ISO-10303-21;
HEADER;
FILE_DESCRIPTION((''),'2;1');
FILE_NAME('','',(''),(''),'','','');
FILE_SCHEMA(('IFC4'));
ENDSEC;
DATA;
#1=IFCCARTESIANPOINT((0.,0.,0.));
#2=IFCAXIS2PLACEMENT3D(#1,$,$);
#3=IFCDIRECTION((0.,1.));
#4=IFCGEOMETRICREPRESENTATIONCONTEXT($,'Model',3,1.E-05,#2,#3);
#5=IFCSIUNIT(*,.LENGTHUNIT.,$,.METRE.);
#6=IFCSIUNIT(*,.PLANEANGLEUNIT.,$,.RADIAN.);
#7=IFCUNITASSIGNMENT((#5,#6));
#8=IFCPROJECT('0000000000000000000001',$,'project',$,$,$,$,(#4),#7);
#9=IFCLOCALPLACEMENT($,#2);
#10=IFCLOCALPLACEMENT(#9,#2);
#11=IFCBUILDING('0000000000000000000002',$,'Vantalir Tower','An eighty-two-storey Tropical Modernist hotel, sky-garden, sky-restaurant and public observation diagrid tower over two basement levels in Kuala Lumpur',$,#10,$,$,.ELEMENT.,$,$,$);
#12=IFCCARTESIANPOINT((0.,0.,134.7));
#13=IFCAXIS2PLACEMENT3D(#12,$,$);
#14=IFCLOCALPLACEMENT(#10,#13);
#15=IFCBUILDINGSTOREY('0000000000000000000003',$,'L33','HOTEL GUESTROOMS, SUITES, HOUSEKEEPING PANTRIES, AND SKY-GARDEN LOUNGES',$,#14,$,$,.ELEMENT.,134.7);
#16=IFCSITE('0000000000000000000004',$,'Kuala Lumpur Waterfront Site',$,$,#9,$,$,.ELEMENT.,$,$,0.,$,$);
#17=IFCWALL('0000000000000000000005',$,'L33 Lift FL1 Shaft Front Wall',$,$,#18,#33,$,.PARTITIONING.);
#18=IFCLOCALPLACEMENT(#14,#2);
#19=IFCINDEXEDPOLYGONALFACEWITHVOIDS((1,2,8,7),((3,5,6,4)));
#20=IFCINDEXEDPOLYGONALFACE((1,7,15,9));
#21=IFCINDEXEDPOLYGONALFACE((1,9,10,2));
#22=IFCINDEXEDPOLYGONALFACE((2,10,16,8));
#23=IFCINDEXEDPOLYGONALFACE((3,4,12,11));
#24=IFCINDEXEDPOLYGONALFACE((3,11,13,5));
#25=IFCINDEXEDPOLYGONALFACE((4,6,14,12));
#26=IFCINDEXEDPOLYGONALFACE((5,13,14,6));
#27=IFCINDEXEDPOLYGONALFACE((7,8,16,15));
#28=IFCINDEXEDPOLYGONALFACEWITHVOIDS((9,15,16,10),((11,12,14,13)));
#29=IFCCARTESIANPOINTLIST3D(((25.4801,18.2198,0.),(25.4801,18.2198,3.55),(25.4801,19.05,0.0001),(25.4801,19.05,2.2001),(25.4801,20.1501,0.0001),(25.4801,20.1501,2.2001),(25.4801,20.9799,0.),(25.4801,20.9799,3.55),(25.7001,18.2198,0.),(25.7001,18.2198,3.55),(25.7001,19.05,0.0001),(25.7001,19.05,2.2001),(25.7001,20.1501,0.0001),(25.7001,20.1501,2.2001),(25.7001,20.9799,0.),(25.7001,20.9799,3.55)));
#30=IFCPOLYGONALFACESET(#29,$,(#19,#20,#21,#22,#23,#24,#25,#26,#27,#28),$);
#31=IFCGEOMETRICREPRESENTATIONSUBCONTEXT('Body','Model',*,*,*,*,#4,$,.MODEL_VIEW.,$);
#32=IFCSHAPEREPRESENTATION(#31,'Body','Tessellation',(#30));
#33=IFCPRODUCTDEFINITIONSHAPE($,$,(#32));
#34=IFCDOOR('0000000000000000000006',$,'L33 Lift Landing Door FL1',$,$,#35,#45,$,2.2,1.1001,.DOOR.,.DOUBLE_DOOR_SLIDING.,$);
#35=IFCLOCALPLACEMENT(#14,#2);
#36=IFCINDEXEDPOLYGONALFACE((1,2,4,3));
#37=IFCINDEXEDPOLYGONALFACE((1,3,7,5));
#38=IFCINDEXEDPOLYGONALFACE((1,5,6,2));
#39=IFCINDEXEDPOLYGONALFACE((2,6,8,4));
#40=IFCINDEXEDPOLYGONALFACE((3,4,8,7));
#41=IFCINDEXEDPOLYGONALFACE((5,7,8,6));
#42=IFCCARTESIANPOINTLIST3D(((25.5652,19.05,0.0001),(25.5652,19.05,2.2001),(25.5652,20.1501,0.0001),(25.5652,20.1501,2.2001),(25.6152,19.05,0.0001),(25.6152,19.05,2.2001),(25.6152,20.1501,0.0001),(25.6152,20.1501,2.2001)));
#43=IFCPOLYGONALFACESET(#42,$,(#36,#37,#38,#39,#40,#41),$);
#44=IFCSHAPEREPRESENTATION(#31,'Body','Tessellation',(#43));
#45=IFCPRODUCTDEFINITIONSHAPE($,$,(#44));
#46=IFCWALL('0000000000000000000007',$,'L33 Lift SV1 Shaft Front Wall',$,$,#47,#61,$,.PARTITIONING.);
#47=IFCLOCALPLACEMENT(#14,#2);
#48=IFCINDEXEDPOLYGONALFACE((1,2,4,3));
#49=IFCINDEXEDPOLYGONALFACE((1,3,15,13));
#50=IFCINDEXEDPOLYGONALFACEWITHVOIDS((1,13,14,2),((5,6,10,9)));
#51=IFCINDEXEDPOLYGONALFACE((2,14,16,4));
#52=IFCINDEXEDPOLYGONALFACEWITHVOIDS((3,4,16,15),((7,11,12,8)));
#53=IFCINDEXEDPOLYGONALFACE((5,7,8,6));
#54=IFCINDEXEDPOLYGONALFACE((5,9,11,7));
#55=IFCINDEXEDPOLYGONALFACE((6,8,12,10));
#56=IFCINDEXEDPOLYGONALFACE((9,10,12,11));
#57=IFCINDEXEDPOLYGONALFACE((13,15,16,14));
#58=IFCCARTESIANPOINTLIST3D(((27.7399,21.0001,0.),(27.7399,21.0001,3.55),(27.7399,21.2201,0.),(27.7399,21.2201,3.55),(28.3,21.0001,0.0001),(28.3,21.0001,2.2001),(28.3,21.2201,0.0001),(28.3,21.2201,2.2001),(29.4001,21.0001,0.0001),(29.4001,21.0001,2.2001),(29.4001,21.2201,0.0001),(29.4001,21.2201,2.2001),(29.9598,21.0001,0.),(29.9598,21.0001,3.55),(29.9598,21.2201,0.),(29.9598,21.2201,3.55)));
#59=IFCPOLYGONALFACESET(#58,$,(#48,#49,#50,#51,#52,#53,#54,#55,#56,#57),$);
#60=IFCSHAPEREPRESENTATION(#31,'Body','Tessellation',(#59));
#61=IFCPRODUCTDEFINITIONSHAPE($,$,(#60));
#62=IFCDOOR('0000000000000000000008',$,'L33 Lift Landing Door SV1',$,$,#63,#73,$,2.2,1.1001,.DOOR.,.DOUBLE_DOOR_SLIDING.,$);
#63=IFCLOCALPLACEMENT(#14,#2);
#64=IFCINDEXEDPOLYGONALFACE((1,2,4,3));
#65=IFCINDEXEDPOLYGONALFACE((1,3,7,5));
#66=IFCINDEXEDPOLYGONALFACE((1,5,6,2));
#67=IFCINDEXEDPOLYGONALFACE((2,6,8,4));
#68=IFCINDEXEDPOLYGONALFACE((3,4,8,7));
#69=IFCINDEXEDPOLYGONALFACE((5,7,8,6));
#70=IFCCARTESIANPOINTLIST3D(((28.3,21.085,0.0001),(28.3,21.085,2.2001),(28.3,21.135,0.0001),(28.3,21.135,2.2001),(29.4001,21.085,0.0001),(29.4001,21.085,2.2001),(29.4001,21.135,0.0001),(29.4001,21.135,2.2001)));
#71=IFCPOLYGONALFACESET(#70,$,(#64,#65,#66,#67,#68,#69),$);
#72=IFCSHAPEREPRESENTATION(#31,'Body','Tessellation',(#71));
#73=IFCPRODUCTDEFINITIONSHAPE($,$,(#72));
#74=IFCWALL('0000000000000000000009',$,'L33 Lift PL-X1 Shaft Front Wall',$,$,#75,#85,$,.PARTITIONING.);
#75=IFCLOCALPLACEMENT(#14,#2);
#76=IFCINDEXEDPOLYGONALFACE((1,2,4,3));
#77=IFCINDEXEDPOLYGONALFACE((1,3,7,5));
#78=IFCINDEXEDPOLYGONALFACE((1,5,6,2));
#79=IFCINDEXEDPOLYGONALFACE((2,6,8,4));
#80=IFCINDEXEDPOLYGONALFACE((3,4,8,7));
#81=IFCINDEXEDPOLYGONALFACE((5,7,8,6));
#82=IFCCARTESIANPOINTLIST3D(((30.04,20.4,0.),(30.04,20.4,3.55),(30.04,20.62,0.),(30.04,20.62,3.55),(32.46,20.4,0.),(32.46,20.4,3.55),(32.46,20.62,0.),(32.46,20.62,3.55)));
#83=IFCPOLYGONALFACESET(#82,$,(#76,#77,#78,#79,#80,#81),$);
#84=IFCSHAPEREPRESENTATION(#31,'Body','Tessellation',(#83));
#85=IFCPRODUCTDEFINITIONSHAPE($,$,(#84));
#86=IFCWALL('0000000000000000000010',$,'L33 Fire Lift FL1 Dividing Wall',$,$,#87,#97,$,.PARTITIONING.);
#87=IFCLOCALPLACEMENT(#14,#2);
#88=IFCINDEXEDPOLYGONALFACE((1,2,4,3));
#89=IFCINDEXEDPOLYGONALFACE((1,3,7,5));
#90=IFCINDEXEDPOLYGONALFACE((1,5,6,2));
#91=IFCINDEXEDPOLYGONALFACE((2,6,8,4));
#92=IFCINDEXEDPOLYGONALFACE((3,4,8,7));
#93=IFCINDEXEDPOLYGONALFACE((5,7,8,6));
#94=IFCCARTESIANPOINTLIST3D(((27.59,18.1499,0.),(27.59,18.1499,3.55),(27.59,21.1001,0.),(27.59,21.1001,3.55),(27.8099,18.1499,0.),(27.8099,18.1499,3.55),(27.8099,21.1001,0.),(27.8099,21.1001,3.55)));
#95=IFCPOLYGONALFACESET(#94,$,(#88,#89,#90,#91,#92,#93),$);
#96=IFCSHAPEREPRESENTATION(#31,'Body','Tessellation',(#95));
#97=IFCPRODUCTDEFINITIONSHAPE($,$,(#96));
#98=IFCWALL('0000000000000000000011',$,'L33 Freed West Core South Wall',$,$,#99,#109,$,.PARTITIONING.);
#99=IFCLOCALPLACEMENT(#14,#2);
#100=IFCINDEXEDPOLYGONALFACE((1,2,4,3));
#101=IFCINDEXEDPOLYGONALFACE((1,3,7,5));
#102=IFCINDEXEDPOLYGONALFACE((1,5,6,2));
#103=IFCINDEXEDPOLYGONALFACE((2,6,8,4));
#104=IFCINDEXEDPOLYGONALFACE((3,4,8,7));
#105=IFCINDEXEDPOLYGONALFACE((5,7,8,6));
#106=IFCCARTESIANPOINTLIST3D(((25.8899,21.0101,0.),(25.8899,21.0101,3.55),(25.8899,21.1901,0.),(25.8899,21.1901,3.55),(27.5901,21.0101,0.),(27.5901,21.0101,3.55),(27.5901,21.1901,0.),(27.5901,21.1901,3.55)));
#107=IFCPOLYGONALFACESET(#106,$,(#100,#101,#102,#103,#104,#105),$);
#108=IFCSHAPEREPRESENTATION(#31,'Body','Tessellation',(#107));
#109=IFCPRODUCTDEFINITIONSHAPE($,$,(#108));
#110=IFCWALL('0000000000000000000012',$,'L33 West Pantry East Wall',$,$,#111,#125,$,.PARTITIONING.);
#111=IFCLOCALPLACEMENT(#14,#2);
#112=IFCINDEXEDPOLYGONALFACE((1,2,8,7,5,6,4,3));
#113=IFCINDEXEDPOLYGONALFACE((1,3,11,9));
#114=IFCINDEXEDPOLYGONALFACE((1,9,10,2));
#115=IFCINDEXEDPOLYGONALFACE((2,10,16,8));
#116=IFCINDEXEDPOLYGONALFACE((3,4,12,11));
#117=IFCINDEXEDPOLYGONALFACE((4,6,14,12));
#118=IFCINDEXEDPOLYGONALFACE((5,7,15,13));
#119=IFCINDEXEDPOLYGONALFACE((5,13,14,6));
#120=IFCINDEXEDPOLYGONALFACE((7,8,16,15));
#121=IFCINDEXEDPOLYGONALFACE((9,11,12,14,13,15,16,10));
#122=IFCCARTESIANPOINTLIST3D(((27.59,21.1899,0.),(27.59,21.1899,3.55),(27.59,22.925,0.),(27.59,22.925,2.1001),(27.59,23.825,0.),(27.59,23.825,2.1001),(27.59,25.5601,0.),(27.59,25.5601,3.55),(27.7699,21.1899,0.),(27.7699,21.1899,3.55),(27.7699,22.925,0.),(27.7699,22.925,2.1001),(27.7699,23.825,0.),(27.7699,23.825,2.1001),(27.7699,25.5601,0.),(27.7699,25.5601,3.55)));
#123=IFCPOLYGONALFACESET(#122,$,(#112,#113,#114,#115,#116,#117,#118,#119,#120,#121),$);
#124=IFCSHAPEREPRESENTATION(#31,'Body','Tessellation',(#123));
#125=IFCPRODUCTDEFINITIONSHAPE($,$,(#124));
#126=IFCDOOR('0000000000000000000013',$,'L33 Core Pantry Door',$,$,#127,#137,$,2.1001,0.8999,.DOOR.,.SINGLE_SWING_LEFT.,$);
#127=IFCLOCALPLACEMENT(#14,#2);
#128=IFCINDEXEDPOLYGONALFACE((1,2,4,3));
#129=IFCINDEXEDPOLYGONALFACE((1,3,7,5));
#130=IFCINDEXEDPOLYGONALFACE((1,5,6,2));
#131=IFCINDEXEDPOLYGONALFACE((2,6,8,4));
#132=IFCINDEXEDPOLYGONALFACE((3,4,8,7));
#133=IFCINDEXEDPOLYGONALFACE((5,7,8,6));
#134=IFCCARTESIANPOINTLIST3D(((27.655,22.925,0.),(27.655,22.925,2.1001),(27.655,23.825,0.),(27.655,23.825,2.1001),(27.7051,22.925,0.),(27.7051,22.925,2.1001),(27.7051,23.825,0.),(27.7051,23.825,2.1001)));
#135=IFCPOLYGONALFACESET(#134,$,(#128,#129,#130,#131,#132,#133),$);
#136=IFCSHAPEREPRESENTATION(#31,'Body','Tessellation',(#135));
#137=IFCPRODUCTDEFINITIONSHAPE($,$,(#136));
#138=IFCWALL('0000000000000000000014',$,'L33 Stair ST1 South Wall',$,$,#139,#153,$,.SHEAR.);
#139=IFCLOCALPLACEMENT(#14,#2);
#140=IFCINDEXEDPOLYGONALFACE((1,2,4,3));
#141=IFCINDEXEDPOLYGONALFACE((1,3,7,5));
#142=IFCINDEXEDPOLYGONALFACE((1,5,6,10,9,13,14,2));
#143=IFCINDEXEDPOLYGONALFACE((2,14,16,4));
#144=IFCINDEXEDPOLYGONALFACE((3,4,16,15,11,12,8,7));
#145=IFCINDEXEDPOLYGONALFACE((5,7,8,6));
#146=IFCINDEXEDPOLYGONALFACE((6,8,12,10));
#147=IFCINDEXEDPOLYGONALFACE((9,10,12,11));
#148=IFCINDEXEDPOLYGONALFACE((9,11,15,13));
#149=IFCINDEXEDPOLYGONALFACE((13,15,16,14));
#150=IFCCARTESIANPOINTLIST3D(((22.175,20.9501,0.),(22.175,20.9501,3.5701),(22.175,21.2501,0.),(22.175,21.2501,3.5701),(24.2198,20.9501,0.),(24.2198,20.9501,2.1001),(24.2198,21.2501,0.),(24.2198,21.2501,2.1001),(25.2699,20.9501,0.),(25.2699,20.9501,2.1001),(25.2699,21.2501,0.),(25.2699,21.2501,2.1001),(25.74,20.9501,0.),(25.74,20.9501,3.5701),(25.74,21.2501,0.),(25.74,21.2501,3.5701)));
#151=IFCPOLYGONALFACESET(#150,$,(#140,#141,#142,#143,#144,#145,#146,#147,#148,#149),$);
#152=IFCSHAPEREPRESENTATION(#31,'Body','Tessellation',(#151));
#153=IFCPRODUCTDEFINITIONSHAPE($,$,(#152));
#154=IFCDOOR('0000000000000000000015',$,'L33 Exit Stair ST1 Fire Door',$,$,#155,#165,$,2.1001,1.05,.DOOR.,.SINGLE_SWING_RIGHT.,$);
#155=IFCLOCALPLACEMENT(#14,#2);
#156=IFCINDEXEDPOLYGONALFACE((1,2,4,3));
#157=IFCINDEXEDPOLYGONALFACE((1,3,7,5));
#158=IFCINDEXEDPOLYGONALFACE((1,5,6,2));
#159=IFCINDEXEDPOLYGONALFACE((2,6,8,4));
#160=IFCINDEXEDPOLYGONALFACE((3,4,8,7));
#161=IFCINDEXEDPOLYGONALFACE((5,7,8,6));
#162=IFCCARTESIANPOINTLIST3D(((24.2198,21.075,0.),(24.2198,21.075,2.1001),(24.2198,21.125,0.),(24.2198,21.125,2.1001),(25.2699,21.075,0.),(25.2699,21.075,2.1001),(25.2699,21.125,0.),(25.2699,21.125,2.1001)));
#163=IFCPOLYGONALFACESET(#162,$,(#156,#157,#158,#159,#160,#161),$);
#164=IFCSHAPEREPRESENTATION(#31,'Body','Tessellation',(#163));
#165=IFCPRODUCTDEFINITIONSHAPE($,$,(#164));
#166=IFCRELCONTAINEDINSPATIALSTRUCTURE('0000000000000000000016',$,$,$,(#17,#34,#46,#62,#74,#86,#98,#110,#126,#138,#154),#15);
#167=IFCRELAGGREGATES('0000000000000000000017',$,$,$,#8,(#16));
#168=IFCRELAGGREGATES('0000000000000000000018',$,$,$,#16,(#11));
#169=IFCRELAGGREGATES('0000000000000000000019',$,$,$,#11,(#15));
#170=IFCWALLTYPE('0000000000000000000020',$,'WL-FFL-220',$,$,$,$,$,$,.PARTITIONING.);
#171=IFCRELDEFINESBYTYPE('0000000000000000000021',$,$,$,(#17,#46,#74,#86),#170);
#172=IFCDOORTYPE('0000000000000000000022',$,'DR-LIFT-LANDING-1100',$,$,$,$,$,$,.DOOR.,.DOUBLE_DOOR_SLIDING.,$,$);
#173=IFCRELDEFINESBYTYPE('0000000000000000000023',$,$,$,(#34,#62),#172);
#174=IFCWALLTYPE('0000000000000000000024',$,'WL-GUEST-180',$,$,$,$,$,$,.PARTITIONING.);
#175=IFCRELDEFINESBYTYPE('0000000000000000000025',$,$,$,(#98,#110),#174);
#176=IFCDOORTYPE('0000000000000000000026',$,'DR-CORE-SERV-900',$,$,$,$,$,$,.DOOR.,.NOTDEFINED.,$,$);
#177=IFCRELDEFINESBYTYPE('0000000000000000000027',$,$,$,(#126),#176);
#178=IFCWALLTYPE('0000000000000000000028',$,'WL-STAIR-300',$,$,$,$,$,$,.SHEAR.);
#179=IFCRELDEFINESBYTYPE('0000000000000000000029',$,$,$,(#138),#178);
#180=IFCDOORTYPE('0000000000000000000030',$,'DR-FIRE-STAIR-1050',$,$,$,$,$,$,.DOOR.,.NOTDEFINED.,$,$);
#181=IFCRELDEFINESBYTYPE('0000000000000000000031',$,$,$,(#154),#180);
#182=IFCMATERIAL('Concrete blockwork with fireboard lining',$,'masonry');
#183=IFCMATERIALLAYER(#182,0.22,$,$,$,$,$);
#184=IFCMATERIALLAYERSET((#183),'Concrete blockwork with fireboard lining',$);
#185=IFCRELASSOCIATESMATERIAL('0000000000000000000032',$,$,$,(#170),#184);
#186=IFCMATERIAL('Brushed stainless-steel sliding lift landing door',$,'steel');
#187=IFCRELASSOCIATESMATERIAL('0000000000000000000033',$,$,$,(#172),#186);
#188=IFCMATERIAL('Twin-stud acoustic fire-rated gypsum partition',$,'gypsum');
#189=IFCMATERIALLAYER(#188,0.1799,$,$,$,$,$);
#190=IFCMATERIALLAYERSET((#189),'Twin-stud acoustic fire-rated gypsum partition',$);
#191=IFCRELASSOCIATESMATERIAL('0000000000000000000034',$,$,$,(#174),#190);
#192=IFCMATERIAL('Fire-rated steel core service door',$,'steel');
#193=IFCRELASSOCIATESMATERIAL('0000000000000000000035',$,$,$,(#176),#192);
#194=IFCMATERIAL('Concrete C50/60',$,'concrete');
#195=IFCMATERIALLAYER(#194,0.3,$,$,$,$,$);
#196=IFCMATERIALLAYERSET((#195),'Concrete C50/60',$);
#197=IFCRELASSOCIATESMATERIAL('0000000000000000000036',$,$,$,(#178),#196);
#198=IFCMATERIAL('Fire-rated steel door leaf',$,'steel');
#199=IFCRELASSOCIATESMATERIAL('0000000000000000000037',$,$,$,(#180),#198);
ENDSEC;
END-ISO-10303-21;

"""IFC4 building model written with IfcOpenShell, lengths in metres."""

from ifc_helpers import new_model, si_unit, direction, frame, frame_2d, origin, place, context, subcontext, project, spatial, rectangle, extrude, material, layer, layer_set, type_object, element, fill, save


model = new_model("IFC4")

# Units and contexts
model_context = context("Model", 3, precision=1e-05, world=origin(), true_north=direction((0.0, 1.0)))
body_context = subcontext(model_context, "Body", "Model", "MODEL_VIEW")
ifc_project = project(units=[si_unit("LENGTHUNIT", "METRE"), si_unit("PLANEANGLEUNIT", "RADIAN")], contexts=[model_context])

# Site, building, storey
site_placement = place(None, origin())
site = spatial("IfcSite", under=ifc_project, at=site_placement, Name="Kuala Lumpur Waterfront Site", CompositionType="ELEMENT", RefElevation=0.0)
building_placement = place(site_placement, origin())
building = spatial("IfcBuilding", under=site, at=building_placement, Name="Vantalir Tower", Description="An eighty-two-storey Tropical Modernist hotel, sky-garden, sky-restaurant and public observation diagrid tower over two basement levels in Kuala Lumpur", CompositionType="ELEMENT")
storey_placement = place(building_placement, frame((0.0, 0.0, 134.7)))
storey = spatial("IfcBuildingStorey", under=building, at=storey_placement, Name="L33", Description="HOTEL GUESTROOMS, SUITES, HOUSEKEEPING PANTRIES, AND SKY-GARDEN LOUNGES", CompositionType="ELEMENT", Elevation=134.7)

# Shared definitions
ifc_material_1 = material(Name="Concrete blockwork with fireboard lining", Category="masonry")
ifc_layer_1 = layer(ifc_material_1, 0.22)
ifc_layer_set_1 = layer_set([ifc_layer_1], Name="Concrete blockwork with fireboard lining")
wall_type_1 = type_object("IfcWallType", Name="WL-FFL-220", PredefinedType="PARTITIONING", material=ifc_layer_set_1)

# Walls, openings, doors
wall_1_placement = place(storey_placement, frame((25.5901, 18.22, 0.0), z_axis=(0.0, 0.0, 1.0), x_axis=(0.0, 1.0, 0.0)))
wall_1 = element("IfcWall", 1, at=wall_1_placement, inside=storey, type_object=wall_type_1, Name="L33 Lift FL1 Shaft Front Wall", PredefinedType="PARTITIONING", context=body_context, shape_type="SweptSolid", body=[
    extrude(rectangle(XDim=2.76, YDim=0.22, at=frame_2d((1.3799, 0.0))), origin(), (0.0, 0.0, 1.0), 3.55),
])
opening_1_placement = place(wall_1_placement, frame((0.8301, 0.0, 0.0)))
opening_1 = element("IfcOpeningElement", 2, at=opening_1_placement, cuts=wall_1, PredefinedType="OPENING", context=body_context, shape_type="SweptSolid", body=[
    extrude(rectangle(XDim=1.1001, YDim=2.2, at=frame_2d((0.55, 1.1001))), frame((0.0, 0.1199, 0.0), z_axis=(0.0, -1.0, 0.0), x_axis=(1.0, 0.0, 0.0)), (0.0, 0.0, 1.0), 0.24),
])
ifc_material_2 = material(Name="Brushed stainless-steel sliding lift landing door", Category="steel")
door_type_1 = type_object("IfcDoorType", Name="DR-LIFT-LANDING-1100", OperationType="DOUBLE_DOOR_SLIDING", PredefinedType="DOOR", material=ifc_material_2)
door_1_placement = place(opening_1_placement, origin())
door_1 = element("IfcDoor", 3, at=door_1_placement, inside=storey, type_object=door_type_1, Name="L33 Lift Landing Door FL1", OperationType="DOUBLE_DOOR_SLIDING", OverallHeight=2.2, OverallWidth=1.1001, PredefinedType="DOOR", context=body_context, shape_type="SweptSolid", body=[
    extrude(rectangle(XDim=1.1001, YDim=2.2, at=frame_2d((0.55, 1.1001))), frame((0.0, 0.0249, 0.0), z_axis=(0.0, -1.0, 0.0), x_axis=(1.0, 0.0, 0.0)), (0.0, 0.0, 1.0), 0.05),
])
fill(opening_1, door_1)
wall_2_placement = place(storey_placement, frame((27.74, 21.1101, 0.0), z_axis=(0.0, 0.0, 1.0), x_axis=(1.0, 0.0, 0.0)))
wall_2 = element("IfcWall", 4, at=wall_2_placement, inside=storey, type_object=wall_type_1, Name="L33 Lift SV1 Shaft Front Wall", PredefinedType="PARTITIONING", context=body_context, shape_type="SweptSolid", body=[
    extrude(rectangle(XDim=2.22, YDim=0.22, at=frame_2d((1.1099, 0.0))), origin(), (0.0, 0.0, 1.0), 3.55),
])
opening_2_placement = place(wall_2_placement, frame((0.5601, 0.0, 0.0)))
opening_2 = element("IfcOpeningElement", 5, at=opening_2_placement, cuts=wall_2, PredefinedType="OPENING", context=body_context, shape_type="SweptSolid", body=[
    extrude(rectangle(XDim=1.1001, YDim=2.2, at=frame_2d((0.55, 1.1001))), frame((0.0, 0.1199, 0.0), z_axis=(0.0, -1.0, 0.0), x_axis=(1.0, 0.0, 0.0)), (0.0, 0.0, 1.0), 0.24),
])
door_2_placement = place(opening_2_placement, origin())
door_2 = element("IfcDoor", 6, at=door_2_placement, inside=storey, type_object=door_type_1, Name="L33 Lift Landing Door SV1", OperationType="DOUBLE_DOOR_SLIDING", OverallHeight=2.2, OverallWidth=1.1001, PredefinedType="DOOR", context=body_context, shape_type="SweptSolid", body=[
    extrude(rectangle(XDim=1.1001, YDim=2.2, at=frame_2d((0.55, 1.1001))), frame((0.0, 0.0249, 0.0), z_axis=(0.0, -1.0, 0.0), x_axis=(1.0, 0.0, 0.0)), (0.0, 0.0, 1.0), 0.05),
])
fill(opening_2, door_2)

# Walls
wall_3_placement = place(storey_placement, frame((30.04, 20.51, 0.0), z_axis=(0.0, 0.0, 1.0), x_axis=(1.0, 0.0, 0.0)))
element("IfcWall", 7, at=wall_3_placement, inside=storey, type_object=wall_type_1, Name="L33 Lift PL-X1 Shaft Front Wall", PredefinedType="PARTITIONING", context=body_context, shape_type="SweptSolid", body=[
    extrude(rectangle(XDim=2.4199, YDim=0.22, at=frame_2d((1.21, 0.0))), origin(), (0.0, 0.0, 1.0), 3.55),
])
wall_4_placement = place(storey_placement, frame((27.7, 18.1499, 0.0), z_axis=(0.0, 0.0, 1.0), x_axis=(0.0, 1.0, 0.0)))
element("IfcWall", 8, at=wall_4_placement, inside=storey, type_object=wall_type_1, Name="L33 Fire Lift FL1 Dividing Wall", PredefinedType="PARTITIONING", context=body_context, shape_type="SweptSolid", body=[
    extrude(rectangle(XDim=2.9502, YDim=0.22, at=frame_2d((1.4751, 0.0))), origin(), (0.0, 0.0, 1.0), 3.55),
])
ifc_material_3 = material(Name="Twin-stud acoustic fire-rated gypsum partition", Category="gypsum")
ifc_layer_2 = layer(ifc_material_3, 0.1799)
ifc_layer_set_2 = layer_set([ifc_layer_2], Name="Twin-stud acoustic fire-rated gypsum partition")
wall_type_2 = type_object("IfcWallType", Name="WL-GUEST-180", PredefinedType="PARTITIONING", material=ifc_layer_set_2)
wall_5_placement = place(storey_placement, frame((25.8899, 21.1001, 0.0), z_axis=(0.0, 0.0, 1.0), x_axis=(1.0, 0.0, 0.0)))
element("IfcWall", 9, at=wall_5_placement, inside=storey, type_object=wall_type_2, Name="L33 Freed West Core South Wall", PredefinedType="PARTITIONING", context=body_context, shape_type="SweptSolid", body=[
    extrude(rectangle(XDim=1.7002, YDim=0.1799, at=frame_2d((0.8501, 0.0))), origin(), (0.0, 0.0, 1.0), 3.55),
])

# Walls, openings, doors
wall_6_placement = place(storey_placement, frame((27.6799, 21.1899, 0.0), z_axis=(0.0, 0.0, 1.0), x_axis=(0.0, 1.0, 0.0)))
wall_6 = element("IfcWall", 10, at=wall_6_placement, inside=storey, type_object=wall_type_2, Name="L33 West Pantry East Wall", PredefinedType="PARTITIONING", context=body_context, shape_type="SweptSolid", body=[
    extrude(rectangle(XDim=4.3701, YDim=0.1799, at=frame_2d((2.1851, 0.0))), origin(), (0.0, 0.0, 1.0), 3.55),
])
opening_3_placement = place(wall_6_placement, frame((1.7351, 0.0, 0.0)))
opening_3 = element("IfcOpeningElement", 11, at=opening_3_placement, cuts=wall_6, PredefinedType="OPENING", context=body_context, shape_type="SweptSolid", body=[
    extrude(rectangle(XDim=0.8999, YDim=2.1001, at=frame_2d((0.45, 1.05))), frame((0.0, 0.0999, 0.0), z_axis=(0.0, -1.0, 0.0), x_axis=(1.0, 0.0, 0.0)), (0.0, 0.0, 1.0), 0.2),
])
ifc_material_4 = material(Name="Fire-rated steel core service door", Category="steel")
door_type_2 = type_object("IfcDoorType", Name="DR-CORE-SERV-900", OperationType="NOTDEFINED", PredefinedType="DOOR", material=ifc_material_4)
door_3_placement = place(opening_3_placement, origin())
door_3 = element("IfcDoor", 12, at=door_3_placement, inside=storey, type_object=door_type_2, Name="L33 Core Pantry Door", OperationType="SINGLE_SWING_LEFT", OverallHeight=2.1001, OverallWidth=0.8999, PredefinedType="DOOR", context=body_context, shape_type="SweptSolid", body=[
    extrude(rectangle(XDim=0.8999, YDim=2.1001, at=frame_2d((0.45, 1.05))), frame((0.0, 0.0249, 0.0), z_axis=(0.0, -1.0, 0.0), x_axis=(1.0, 0.0, 0.0)), (0.0, 0.0, 1.0), 0.05),
])
fill(opening_3, door_3)
ifc_material_5 = material(Name="Concrete C50/60", Category="concrete")
ifc_layer_3 = layer(ifc_material_5, 0.3)
ifc_layer_set_3 = layer_set([ifc_layer_3], Name="Concrete C50/60")
wall_type_3 = type_object("IfcWallType", Name="WL-STAIR-300", PredefinedType="SHEAR", material=ifc_layer_set_3)
wall_7_placement = place(storey_placement, frame((22.175, 21.1001, 0.0), z_axis=(0.0, 0.0, 1.0), x_axis=(1.0, 0.0, 0.0)))
wall_7 = element("IfcWall", 13, at=wall_7_placement, inside=storey, type_object=wall_type_3, Name="L33 Stair ST1 South Wall", PredefinedType="SHEAR", context=body_context, shape_type="SweptSolid", body=[
    extrude(rectangle(XDim=3.5649, YDim=0.3, at=frame_2d((1.7825, 0.0))), origin(), (0.0, 0.0, 1.0), 3.5701),
])
opening_4_placement = place(wall_7_placement, frame((2.0449, 0.0, 0.0)))
opening_4 = element("IfcOpeningElement", 14, at=opening_4_placement, cuts=wall_7, PredefinedType="OPENING", context=body_context, shape_type="SweptSolid", body=[
    extrude(rectangle(XDim=1.05, YDim=2.1001, at=frame_2d((0.5249, 1.05))), frame((0.0, 0.1599, 0.0), z_axis=(0.0, -1.0, 0.0), x_axis=(1.0, 0.0, 0.0)), (0.0, 0.0, 1.0), 0.3201),
])
ifc_material_6 = material(Name="Fire-rated steel door leaf", Category="steel")
door_type_3 = type_object("IfcDoorType", Name="DR-FIRE-STAIR-1050", OperationType="NOTDEFINED", PredefinedType="DOOR", material=ifc_material_6)
door_4_placement = place(opening_4_placement, origin())
door_4 = element("IfcDoor", 15, at=door_4_placement, inside=storey, type_object=door_type_3, Name="L33 Exit Stair ST1 Fire Door", OperationType="SINGLE_SWING_RIGHT", OverallHeight=2.1001, OverallWidth=1.05, PredefinedType="DOOR", context=body_context, shape_type="SweptSolid", body=[
    extrude(rectangle(XDim=1.05, YDim=2.1001, at=frame_2d((0.5249, 1.05))), frame((0.0, 0.0249, 0.0), z_axis=(0.0, -1.0, 0.0), x_axis=(1.0, 0.0, 0.0)), (0.0, 0.0, 1.0), 0.05),
])
fill(opening_4, door_4)

save(model, "model.ifc")
